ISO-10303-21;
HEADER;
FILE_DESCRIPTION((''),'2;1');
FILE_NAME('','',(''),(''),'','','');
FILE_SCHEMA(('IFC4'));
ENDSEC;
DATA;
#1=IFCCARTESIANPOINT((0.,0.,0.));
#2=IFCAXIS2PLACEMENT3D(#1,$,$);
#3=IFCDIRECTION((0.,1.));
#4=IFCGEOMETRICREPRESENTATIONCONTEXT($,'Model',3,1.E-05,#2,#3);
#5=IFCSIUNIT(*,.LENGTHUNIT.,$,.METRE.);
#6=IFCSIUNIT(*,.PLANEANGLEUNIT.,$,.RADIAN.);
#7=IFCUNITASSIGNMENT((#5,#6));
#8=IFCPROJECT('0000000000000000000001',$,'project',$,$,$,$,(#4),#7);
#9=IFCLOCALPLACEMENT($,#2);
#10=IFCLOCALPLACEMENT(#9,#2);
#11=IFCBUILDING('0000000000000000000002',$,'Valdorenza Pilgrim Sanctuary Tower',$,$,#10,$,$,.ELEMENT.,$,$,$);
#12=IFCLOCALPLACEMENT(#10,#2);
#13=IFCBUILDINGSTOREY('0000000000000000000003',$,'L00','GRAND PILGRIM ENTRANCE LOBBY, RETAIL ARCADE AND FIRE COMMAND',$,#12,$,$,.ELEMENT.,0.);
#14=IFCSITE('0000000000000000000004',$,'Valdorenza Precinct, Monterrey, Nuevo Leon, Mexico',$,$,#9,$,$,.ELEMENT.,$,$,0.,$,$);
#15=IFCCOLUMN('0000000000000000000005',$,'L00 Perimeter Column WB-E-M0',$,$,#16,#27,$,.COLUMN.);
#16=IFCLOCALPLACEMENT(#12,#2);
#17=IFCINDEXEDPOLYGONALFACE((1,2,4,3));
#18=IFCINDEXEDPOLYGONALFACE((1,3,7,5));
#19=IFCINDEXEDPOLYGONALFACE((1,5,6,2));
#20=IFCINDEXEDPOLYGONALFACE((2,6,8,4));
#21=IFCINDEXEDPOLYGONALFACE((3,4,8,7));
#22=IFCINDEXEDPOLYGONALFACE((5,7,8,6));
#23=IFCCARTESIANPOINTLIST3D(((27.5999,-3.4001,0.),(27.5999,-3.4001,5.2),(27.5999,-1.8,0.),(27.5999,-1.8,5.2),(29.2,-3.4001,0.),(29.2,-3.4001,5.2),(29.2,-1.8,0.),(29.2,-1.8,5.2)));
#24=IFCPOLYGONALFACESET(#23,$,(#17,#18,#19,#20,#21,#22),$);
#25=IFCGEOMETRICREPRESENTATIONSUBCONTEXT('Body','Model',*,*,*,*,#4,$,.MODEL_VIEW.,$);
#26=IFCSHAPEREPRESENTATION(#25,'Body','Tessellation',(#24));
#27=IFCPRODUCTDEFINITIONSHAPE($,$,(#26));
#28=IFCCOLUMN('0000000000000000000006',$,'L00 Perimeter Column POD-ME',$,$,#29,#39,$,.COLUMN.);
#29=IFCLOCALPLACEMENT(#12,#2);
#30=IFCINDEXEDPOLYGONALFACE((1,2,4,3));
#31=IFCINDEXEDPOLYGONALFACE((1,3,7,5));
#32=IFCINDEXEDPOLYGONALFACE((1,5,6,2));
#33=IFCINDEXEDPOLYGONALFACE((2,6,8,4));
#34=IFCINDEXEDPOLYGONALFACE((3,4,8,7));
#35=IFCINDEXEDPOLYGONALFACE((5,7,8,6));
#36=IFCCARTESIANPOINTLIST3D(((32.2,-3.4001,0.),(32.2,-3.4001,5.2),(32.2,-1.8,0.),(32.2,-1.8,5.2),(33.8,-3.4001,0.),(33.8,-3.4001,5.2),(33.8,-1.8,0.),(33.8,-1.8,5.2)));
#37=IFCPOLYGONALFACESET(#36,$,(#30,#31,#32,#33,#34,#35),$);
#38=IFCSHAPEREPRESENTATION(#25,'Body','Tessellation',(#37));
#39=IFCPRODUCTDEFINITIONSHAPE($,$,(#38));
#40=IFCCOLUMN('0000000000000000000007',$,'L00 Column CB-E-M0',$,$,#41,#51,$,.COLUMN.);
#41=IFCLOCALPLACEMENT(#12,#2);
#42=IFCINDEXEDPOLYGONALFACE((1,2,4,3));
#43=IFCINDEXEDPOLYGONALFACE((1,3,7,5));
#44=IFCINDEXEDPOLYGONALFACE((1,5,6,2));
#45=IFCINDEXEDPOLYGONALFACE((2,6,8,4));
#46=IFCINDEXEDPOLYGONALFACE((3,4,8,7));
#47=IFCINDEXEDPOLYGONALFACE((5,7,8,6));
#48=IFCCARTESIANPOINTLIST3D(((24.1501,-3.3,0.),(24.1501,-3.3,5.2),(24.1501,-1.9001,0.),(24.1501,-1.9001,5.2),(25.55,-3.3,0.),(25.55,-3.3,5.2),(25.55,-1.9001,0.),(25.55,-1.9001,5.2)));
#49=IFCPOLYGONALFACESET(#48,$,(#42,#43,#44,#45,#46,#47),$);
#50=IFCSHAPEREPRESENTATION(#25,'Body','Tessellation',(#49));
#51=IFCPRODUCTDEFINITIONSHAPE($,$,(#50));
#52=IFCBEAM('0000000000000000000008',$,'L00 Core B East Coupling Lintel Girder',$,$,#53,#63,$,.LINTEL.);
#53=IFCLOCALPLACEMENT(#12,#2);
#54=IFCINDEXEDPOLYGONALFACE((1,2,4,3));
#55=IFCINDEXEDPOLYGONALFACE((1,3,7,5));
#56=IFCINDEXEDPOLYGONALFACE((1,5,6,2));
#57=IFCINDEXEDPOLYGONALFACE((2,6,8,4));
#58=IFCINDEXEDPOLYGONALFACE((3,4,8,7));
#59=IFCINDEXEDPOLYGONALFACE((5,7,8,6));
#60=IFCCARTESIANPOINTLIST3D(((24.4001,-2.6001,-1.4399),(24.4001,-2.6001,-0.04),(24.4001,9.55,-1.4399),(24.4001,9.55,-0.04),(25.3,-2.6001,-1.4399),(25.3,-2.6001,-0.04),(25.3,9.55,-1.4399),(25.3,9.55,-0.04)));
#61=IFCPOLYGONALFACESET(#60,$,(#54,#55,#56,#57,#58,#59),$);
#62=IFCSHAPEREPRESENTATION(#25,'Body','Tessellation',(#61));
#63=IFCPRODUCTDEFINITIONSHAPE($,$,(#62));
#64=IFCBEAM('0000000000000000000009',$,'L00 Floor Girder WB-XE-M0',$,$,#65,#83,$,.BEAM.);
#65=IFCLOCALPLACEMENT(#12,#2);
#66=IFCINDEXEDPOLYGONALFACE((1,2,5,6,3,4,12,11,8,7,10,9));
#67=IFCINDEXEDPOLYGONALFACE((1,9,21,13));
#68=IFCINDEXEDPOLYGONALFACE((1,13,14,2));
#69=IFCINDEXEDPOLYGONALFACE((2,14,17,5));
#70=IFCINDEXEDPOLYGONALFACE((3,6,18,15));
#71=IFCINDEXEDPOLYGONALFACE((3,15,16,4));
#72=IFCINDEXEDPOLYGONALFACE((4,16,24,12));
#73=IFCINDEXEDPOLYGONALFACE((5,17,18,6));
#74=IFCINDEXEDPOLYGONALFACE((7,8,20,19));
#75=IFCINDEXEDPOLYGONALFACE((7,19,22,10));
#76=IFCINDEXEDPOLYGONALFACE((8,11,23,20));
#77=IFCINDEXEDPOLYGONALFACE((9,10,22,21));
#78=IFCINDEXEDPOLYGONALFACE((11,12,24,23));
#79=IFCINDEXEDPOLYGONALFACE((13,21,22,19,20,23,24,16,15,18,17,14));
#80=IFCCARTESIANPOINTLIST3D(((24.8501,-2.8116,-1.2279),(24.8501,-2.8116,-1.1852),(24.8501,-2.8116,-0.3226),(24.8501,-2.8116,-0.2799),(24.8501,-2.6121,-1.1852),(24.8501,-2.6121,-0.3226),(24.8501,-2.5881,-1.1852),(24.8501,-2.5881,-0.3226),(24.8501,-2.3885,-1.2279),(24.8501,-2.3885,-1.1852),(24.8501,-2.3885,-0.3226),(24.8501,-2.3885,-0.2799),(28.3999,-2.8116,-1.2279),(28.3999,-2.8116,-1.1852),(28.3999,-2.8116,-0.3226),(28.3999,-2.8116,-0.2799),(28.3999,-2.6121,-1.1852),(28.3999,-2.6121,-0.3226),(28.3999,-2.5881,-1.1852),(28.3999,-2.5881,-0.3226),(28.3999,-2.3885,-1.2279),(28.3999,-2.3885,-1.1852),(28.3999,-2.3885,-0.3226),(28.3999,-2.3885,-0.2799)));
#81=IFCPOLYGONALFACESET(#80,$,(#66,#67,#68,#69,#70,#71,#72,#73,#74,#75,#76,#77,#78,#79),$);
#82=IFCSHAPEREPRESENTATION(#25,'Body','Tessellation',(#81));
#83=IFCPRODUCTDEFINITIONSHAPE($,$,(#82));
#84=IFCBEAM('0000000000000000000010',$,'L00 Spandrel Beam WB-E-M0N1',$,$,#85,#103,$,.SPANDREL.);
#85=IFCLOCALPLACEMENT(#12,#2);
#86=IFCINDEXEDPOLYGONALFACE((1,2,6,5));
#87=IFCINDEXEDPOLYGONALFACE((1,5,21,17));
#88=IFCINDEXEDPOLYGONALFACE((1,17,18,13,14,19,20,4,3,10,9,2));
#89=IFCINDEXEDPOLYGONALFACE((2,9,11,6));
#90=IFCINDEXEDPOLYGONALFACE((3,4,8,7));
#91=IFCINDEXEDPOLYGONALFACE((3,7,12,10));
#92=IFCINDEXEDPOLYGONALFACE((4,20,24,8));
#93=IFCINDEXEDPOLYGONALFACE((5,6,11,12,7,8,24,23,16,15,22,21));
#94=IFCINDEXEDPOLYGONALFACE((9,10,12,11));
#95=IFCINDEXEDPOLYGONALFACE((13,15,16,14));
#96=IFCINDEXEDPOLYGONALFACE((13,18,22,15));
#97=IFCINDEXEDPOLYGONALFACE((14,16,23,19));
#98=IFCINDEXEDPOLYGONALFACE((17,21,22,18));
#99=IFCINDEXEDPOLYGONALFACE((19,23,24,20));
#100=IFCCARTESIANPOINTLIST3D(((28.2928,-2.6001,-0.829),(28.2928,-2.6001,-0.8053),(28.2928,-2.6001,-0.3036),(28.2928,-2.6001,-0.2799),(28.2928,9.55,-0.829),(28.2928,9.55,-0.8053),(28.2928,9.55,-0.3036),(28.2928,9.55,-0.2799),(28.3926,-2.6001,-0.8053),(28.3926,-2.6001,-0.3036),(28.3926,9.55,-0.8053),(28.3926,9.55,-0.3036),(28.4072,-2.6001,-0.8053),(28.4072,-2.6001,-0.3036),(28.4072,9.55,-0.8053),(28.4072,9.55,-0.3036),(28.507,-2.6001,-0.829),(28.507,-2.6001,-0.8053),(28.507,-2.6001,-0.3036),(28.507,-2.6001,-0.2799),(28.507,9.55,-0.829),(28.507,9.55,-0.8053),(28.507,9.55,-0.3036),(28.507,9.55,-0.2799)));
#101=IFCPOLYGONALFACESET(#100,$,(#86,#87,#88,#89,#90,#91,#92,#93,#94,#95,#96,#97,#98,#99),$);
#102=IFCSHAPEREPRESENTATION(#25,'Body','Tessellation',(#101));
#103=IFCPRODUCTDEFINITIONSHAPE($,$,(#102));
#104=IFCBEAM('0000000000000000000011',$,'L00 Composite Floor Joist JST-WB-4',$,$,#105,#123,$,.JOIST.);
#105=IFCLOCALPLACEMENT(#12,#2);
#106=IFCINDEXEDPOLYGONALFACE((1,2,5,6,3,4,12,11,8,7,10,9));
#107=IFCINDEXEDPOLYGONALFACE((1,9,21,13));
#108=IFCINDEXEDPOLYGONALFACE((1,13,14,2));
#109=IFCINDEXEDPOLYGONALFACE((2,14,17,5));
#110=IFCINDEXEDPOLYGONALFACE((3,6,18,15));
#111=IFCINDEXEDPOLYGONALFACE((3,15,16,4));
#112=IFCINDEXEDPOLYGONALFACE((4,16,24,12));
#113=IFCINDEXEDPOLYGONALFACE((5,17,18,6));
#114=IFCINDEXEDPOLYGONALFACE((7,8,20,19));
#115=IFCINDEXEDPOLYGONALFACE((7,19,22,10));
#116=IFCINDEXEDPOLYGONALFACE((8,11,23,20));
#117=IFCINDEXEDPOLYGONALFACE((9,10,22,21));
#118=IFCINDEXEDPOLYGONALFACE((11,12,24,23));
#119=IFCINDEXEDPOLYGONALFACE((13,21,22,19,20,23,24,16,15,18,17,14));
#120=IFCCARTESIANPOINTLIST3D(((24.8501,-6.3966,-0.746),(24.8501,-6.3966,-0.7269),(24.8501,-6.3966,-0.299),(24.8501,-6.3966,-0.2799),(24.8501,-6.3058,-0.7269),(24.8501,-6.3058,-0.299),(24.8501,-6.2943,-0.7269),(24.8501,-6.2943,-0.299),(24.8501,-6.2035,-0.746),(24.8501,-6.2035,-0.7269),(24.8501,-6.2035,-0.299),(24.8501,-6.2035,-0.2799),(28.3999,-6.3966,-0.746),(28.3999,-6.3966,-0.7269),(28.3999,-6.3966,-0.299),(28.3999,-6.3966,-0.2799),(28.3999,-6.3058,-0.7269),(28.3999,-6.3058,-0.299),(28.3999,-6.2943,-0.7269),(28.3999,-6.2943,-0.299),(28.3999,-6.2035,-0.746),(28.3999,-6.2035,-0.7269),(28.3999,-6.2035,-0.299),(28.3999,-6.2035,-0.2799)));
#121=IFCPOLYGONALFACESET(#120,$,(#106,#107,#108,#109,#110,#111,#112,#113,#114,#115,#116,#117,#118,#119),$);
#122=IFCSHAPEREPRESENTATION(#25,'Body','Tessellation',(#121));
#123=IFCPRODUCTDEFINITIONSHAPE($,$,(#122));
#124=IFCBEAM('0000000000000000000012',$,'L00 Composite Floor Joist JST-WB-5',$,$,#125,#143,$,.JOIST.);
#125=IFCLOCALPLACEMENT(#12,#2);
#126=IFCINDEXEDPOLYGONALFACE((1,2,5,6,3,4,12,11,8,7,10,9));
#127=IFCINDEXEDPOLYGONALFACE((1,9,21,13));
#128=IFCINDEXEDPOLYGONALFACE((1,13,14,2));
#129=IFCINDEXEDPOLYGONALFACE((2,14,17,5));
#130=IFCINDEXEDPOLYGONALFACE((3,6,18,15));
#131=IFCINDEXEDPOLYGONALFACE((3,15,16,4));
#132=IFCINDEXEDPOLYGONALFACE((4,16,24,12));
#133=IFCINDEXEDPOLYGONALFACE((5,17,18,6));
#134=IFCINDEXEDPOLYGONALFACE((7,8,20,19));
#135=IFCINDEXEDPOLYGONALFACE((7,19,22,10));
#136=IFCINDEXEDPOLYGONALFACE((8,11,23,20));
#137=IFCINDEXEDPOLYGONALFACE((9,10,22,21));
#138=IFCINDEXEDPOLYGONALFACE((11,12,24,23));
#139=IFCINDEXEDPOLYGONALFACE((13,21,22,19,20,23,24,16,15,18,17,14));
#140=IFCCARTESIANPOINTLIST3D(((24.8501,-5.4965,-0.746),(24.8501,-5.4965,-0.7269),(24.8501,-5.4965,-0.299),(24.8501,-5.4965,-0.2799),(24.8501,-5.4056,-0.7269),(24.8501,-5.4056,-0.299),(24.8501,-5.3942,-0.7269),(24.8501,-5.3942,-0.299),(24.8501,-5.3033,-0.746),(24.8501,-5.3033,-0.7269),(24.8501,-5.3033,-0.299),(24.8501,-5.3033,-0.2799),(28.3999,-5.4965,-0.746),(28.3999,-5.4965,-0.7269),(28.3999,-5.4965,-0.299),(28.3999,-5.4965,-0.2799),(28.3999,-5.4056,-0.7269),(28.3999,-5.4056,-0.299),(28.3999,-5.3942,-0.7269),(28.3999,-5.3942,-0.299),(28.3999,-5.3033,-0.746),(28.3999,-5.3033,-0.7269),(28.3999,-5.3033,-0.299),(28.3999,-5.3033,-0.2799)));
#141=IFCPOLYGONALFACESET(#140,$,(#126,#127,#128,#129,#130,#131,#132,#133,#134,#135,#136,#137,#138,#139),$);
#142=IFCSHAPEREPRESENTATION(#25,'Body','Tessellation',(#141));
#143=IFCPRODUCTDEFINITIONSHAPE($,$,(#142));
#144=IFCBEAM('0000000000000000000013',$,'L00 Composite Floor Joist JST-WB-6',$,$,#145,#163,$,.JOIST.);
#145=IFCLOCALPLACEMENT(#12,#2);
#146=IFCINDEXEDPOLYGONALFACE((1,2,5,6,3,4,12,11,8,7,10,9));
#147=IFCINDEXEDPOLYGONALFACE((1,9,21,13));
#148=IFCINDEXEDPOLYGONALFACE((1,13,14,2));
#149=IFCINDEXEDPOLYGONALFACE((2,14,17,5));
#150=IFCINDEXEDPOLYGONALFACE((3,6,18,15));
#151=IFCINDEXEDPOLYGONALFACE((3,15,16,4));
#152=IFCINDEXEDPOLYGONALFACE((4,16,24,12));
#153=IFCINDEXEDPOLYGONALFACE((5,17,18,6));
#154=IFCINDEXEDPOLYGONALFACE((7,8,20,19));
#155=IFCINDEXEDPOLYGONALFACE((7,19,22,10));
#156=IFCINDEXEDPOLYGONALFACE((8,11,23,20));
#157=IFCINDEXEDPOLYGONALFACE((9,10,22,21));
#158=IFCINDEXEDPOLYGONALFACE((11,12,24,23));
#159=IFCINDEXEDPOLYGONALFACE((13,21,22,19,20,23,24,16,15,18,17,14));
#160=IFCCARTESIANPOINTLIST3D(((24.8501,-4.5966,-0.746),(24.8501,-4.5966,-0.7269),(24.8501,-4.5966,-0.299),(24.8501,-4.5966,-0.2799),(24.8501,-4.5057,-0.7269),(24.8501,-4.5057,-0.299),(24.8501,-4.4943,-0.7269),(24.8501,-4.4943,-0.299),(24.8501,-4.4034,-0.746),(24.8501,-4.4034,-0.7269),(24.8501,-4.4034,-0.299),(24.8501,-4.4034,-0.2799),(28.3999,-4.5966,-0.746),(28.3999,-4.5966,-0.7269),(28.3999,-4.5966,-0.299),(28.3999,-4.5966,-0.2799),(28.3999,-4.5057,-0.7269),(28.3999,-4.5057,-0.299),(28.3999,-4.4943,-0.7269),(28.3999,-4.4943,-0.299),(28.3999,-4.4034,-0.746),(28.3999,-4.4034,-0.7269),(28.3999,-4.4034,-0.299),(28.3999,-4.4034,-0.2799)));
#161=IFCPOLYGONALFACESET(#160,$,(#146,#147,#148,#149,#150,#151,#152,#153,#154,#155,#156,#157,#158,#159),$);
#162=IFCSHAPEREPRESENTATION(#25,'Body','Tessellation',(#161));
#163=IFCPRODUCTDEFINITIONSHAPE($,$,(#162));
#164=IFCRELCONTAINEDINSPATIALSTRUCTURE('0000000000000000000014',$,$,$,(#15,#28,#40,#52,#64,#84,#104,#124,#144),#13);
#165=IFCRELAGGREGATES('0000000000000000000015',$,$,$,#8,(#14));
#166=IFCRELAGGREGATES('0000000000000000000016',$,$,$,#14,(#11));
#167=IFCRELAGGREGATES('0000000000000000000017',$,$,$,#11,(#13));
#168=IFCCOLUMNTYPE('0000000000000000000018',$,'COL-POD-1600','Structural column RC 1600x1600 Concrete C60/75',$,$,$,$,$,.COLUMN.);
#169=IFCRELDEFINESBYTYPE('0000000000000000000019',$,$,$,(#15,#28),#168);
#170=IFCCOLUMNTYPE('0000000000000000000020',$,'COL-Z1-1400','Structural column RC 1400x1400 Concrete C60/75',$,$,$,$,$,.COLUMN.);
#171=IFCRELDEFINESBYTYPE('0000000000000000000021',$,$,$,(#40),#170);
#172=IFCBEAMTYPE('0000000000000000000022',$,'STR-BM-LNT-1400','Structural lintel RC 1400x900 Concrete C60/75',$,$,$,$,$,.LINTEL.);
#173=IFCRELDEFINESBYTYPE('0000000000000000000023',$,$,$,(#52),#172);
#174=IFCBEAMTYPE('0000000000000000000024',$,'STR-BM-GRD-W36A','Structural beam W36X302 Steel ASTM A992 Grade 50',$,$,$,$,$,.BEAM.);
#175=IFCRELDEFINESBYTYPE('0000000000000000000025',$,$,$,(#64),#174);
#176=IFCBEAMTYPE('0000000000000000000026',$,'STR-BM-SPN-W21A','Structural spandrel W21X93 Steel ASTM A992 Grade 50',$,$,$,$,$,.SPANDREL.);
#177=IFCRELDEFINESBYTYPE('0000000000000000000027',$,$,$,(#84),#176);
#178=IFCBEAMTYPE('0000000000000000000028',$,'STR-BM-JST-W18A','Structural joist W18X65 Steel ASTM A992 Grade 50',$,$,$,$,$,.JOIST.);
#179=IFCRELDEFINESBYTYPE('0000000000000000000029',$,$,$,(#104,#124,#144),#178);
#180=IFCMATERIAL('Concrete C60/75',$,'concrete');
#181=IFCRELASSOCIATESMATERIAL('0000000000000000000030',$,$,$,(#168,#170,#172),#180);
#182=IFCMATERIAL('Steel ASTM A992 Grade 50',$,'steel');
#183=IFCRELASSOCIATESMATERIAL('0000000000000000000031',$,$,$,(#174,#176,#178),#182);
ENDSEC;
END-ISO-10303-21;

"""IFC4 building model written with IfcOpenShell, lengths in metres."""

from ifc_helpers import new_model, si_unit, direction, frame, origin, origin_2d, place, context, subcontext, project, spatial, rectangle, i_section, extrude, source, transform, mapped, material, material_profile, profile_set, type_object, element, save


model = new_model("IFC4")

# Units and contexts
model_context = context("Model", 3, precision=1e-05, world=origin(), true_north=direction((0.0, 1.0)))
body_context = subcontext(model_context, "Body", "Model", "MODEL_VIEW")
ifc_project = project(units=[si_unit("LENGTHUNIT", "METRE"), si_unit("PLANEANGLEUNIT", "RADIAN")], contexts=[model_context])

# Site, building, storey
site_placement = place(None, origin())
site = spatial("IfcSite", under=ifc_project, at=site_placement, Name="Valdorenza Precinct, Monterrey, Nuevo Leon, Mexico", CompositionType="ELEMENT", RefElevation=0.0)
building_placement = place(site_placement, origin())
building = spatial("IfcBuilding", under=site, at=building_placement, Name="Valdorenza Pilgrim Sanctuary Tower", CompositionType="ELEMENT")
storey_placement = place(building_placement, origin())
storey = spatial("IfcBuildingStorey", under=building, at=storey_placement, Name="L00", Description="GRAND PILGRIM ENTRANCE LOBBY, RETAIL ARCADE AND FIRE COMMAND", CompositionType="ELEMENT", Elevation=0.0)

# Columns
ifc_material_1 = material(Name="Concrete C60/75", Category="concrete")
ifc_material_profile_1 = material_profile(ifc_material_1, rectangle(XDim=1.6001, YDim=1.6001, at=origin_2d()), Name="RC 1600x1600")
ifc_profile_set_1 = profile_set([ifc_material_profile_1], Name="Concrete C60/75")
column_type_1 = type_object("IfcColumnType", Name="COL-POD-1600", Description="Structural column RC 1600x1600 Concrete C60/75", PredefinedType="COLUMN", material=ifc_profile_set_1)
shared_shape_1 = source(origin(), body_context, "Body", "SweptSolid", [
    extrude(rectangle(XDim=1.6001, YDim=1.6001, at=origin_2d()), origin(), (0.0, 0.0, 1.0), 5.2),
])
for number, where, z_axis, x_axis, name in (
    (1, (28.3999, -2.6001, 0.0), (0.0, 0.0, 1.0), (1.0, 0.0, 0.0), "L00 Perimeter Column WB-E-M0"),
    (2, (33.0, -2.6001, 0.0), (0.0, 0.0, 1.0), (1.0, 0.0, 0.0), "L00 Perimeter Column POD-ME"),
):
    element("IfcColumn", number, at=place(storey_placement, frame(where, z_axis=z_axis, x_axis=x_axis)), inside=storey, type_object=column_type_1, Name=name, PredefinedType="COLUMN", context=body_context, shape_type="MappedRepresentation", body=[
        mapped(shared_shape_1, transform((0.0, 0.0, 0.0), x_axis=(1.0, 0.0, 0.0), y_axis=(0.0, 1.0, 0.0), z_axis=(0.0, 0.0, 1.0), scale=1.0)),
    ])
ifc_material_profile_2 = material_profile(ifc_material_1, rectangle(XDim=1.3999, YDim=1.3999, at=origin_2d()), Name="RC 1400x1400")
ifc_profile_set_2 = profile_set([ifc_material_profile_2], Name="Concrete C60/75")
column_type_2 = type_object("IfcColumnType", Name="COL-Z1-1400", Description="Structural column RC 1400x1400 Concrete C60/75", PredefinedType="COLUMN", material=ifc_profile_set_2)
shared_shape_2 = source(origin(), body_context, "Body", "SweptSolid", [
    extrude(rectangle(XDim=1.3999, YDim=1.3999, at=origin_2d()), origin(), (0.0, 0.0, 1.0), 5.2),
])
column_placement = place(storey_placement, frame((24.8501, -2.6001, 0.0), z_axis=(0.0, 0.0, 1.0), x_axis=(1.0, 0.0, 0.0)))
element("IfcColumn", 3, at=column_placement, inside=storey, type_object=column_type_2, Name="L00 Column CB-E-M0", PredefinedType="COLUMN", context=body_context, shape_type="MappedRepresentation", body=[
    mapped(shared_shape_2, transform((0.0, 0.0, 0.0), x_axis=(1.0, 0.0, 0.0), y_axis=(0.0, 1.0, 0.0), z_axis=(0.0, 0.0, 1.0), scale=1.0)),
])

# Beams
ifc_material_profile_3 = material_profile(ifc_material_1, rectangle(XDim=0.8999, YDim=1.3999, at=origin_2d()), Name="RC 1400x900")
ifc_profile_set_3 = profile_set([ifc_material_profile_3], Name="Concrete C60/75")
beam_type_1 = type_object("IfcBeamType", Name="STR-BM-LNT-1400", Description="Structural lintel RC 1400x900 Concrete C60/75", PredefinedType="LINTEL", material=ifc_profile_set_3)
shared_shape_3 = source(origin(), body_context, "Body", "SweptSolid", [
    extrude(rectangle(XDim=0.8999, YDim=1.3999, at=origin_2d()), origin(), (0.0, 0.0, 1.0), 12.1501),
])
beam_1_placement = place(storey_placement, frame((24.8501, -2.6001, -0.74), z_axis=(0.0, 1.0, 0.0), x_axis=(-1.0, 0.0, 0.0)))
element("IfcBeam", 4, at=beam_1_placement, inside=storey, type_object=beam_type_1, Name="L00 Core B East Coupling Lintel Girder", PredefinedType="LINTEL", context=body_context, shape_type="MappedRepresentation", body=[
    mapped(shared_shape_3, transform((0.0, 0.0, 0.0), x_axis=(1.0, 0.0, 0.0), y_axis=(0.0, 1.0, 0.0), z_axis=(0.0, 0.0, 1.0), scale=1.0)),
])
ifc_material_2 = material(Name="Steel ASTM A992 Grade 50", Category="steel")
ifc_material_profile_4 = material_profile(ifc_material_2, i_section(OverallWidth=0.4231, OverallDepth=0.948, WebThickness=0.0239, FlangeThickness=0.0427, at=origin_2d()), Name="W36X302")
ifc_profile_set_4 = profile_set([ifc_material_profile_4], Name="Steel ASTM A992 Grade 50")
beam_type_2 = type_object("IfcBeamType", Name="STR-BM-GRD-W36A", Description="Structural beam W36X302 Steel ASTM A992 Grade 50", PredefinedType="BEAM", material=ifc_profile_set_4)
shared_shape_4 = source(origin(), body_context, "Body", "SweptSolid", [
    extrude(i_section(OverallWidth=0.4231, OverallDepth=0.948, WebThickness=0.0239, FlangeThickness=0.0427, at=origin_2d()), origin(), (0.0, 0.0, 1.0), 3.5498),
])
beam_2_placement = place(storey_placement, frame((24.8501, -2.6001, -0.7539), z_axis=(1.0, 0.0, 0.0), x_axis=(0.0, 1.0, 0.0)))
element("IfcBeam", 5, at=beam_2_placement, inside=storey, type_object=beam_type_2, Name="L00 Floor Girder WB-XE-M0", PredefinedType="BEAM", context=body_context, shape_type="MappedRepresentation", body=[
    mapped(shared_shape_4, transform((0.0, 0.0, 0.0), x_axis=(1.0, 0.0, 0.0), y_axis=(0.0, 1.0, 0.0), z_axis=(0.0, 0.0, 1.0), scale=1.0)),
])
ifc_material_profile_5 = material_profile(ifc_material_2, i_section(OverallWidth=0.2141, OverallDepth=0.5491, WebThickness=0.0146, FlangeThickness=0.0237, at=origin_2d()), Name="W21X93")
ifc_profile_set_5 = profile_set([ifc_material_profile_5], Name="Steel ASTM A992 Grade 50")
beam_type_3 = type_object("IfcBeamType", Name="STR-BM-SPN-W21A", Description="Structural spandrel W21X93 Steel ASTM A992 Grade 50", PredefinedType="SPANDREL", material=ifc_profile_set_5)
shared_shape_5 = source(origin(), body_context, "Body", "SweptSolid", [
    extrude(i_section(OverallWidth=0.2141, OverallDepth=0.5491, WebThickness=0.0146, FlangeThickness=0.0237, at=origin_2d()), origin(), (0.0, 0.0, 1.0), 12.1501),
])
beam_3_placement = place(storey_placement, frame((28.3999, -2.6001, -0.5544), z_axis=(0.0, 1.0, 0.0), x_axis=(-1.0, 0.0, 0.0)))
element("IfcBeam", 6, at=beam_3_placement, inside=storey, type_object=beam_type_3, Name="L00 Spandrel Beam WB-E-M0N1", PredefinedType="SPANDREL", context=body_context, shape_type="MappedRepresentation", body=[
    mapped(shared_shape_5, transform((0.0, 0.0, 0.0), x_axis=(1.0, 0.0, 0.0), y_axis=(0.0, 1.0, 0.0), z_axis=(0.0, 0.0, 1.0), scale=1.0)),
])
ifc_material_profile_6 = material_profile(ifc_material_2, i_section(OverallWidth=0.1931, OverallDepth=0.4661, WebThickness=0.0115, FlangeThickness=0.019, at=origin_2d()), Name="W18X65")
ifc_profile_set_6 = profile_set([ifc_material_profile_6], Name="Steel ASTM A992 Grade 50")
beam_type_4 = type_object("IfcBeamType", Name="STR-BM-JST-W18A", Description="Structural joist W18X65 Steel ASTM A992 Grade 50", PredefinedType="JOIST", material=ifc_profile_set_6)
shared_shape_6 = source(origin(), body_context, "Body", "SweptSolid", [
    extrude(i_section(OverallWidth=0.1931, OverallDepth=0.4661, WebThickness=0.0115, FlangeThickness=0.019, at=origin_2d()), origin(), (0.0, 0.0, 1.0), 3.5498),
])
for number, where, z_axis, x_axis, name in (
    (7, (24.8501, -6.3, -0.5129), (1.0, 0.0, 0.0), (0.0, 1.0, 0.0), "L00 Composite Floor Joist JST-WB-4"),
    (8, (24.8501, -5.3999, -0.5129), (1.0, 0.0, 0.0), (0.0, 1.0, 0.0), "L00 Composite Floor Joist JST-WB-5"),
    (9, (24.8501, -4.5, -0.5129), (1.0, 0.0, 0.0), (0.0, 1.0, 0.0), "L00 Composite Floor Joist JST-WB-6"),
):
    element("IfcBeam", number, at=place(storey_placement, frame(where, z_axis=z_axis, x_axis=x_axis)), inside=storey, type_object=beam_type_4, Name=name, PredefinedType="JOIST", context=body_context, shape_type="MappedRepresentation", body=[
        mapped(shared_shape_6, transform((0.0, 0.0, 0.0), x_axis=(1.0, 0.0, 0.0), y_axis=(0.0, 1.0, 0.0), z_axis=(0.0, 0.0, 1.0), scale=1.0)),
    ])

save(model, "model.ifc")
